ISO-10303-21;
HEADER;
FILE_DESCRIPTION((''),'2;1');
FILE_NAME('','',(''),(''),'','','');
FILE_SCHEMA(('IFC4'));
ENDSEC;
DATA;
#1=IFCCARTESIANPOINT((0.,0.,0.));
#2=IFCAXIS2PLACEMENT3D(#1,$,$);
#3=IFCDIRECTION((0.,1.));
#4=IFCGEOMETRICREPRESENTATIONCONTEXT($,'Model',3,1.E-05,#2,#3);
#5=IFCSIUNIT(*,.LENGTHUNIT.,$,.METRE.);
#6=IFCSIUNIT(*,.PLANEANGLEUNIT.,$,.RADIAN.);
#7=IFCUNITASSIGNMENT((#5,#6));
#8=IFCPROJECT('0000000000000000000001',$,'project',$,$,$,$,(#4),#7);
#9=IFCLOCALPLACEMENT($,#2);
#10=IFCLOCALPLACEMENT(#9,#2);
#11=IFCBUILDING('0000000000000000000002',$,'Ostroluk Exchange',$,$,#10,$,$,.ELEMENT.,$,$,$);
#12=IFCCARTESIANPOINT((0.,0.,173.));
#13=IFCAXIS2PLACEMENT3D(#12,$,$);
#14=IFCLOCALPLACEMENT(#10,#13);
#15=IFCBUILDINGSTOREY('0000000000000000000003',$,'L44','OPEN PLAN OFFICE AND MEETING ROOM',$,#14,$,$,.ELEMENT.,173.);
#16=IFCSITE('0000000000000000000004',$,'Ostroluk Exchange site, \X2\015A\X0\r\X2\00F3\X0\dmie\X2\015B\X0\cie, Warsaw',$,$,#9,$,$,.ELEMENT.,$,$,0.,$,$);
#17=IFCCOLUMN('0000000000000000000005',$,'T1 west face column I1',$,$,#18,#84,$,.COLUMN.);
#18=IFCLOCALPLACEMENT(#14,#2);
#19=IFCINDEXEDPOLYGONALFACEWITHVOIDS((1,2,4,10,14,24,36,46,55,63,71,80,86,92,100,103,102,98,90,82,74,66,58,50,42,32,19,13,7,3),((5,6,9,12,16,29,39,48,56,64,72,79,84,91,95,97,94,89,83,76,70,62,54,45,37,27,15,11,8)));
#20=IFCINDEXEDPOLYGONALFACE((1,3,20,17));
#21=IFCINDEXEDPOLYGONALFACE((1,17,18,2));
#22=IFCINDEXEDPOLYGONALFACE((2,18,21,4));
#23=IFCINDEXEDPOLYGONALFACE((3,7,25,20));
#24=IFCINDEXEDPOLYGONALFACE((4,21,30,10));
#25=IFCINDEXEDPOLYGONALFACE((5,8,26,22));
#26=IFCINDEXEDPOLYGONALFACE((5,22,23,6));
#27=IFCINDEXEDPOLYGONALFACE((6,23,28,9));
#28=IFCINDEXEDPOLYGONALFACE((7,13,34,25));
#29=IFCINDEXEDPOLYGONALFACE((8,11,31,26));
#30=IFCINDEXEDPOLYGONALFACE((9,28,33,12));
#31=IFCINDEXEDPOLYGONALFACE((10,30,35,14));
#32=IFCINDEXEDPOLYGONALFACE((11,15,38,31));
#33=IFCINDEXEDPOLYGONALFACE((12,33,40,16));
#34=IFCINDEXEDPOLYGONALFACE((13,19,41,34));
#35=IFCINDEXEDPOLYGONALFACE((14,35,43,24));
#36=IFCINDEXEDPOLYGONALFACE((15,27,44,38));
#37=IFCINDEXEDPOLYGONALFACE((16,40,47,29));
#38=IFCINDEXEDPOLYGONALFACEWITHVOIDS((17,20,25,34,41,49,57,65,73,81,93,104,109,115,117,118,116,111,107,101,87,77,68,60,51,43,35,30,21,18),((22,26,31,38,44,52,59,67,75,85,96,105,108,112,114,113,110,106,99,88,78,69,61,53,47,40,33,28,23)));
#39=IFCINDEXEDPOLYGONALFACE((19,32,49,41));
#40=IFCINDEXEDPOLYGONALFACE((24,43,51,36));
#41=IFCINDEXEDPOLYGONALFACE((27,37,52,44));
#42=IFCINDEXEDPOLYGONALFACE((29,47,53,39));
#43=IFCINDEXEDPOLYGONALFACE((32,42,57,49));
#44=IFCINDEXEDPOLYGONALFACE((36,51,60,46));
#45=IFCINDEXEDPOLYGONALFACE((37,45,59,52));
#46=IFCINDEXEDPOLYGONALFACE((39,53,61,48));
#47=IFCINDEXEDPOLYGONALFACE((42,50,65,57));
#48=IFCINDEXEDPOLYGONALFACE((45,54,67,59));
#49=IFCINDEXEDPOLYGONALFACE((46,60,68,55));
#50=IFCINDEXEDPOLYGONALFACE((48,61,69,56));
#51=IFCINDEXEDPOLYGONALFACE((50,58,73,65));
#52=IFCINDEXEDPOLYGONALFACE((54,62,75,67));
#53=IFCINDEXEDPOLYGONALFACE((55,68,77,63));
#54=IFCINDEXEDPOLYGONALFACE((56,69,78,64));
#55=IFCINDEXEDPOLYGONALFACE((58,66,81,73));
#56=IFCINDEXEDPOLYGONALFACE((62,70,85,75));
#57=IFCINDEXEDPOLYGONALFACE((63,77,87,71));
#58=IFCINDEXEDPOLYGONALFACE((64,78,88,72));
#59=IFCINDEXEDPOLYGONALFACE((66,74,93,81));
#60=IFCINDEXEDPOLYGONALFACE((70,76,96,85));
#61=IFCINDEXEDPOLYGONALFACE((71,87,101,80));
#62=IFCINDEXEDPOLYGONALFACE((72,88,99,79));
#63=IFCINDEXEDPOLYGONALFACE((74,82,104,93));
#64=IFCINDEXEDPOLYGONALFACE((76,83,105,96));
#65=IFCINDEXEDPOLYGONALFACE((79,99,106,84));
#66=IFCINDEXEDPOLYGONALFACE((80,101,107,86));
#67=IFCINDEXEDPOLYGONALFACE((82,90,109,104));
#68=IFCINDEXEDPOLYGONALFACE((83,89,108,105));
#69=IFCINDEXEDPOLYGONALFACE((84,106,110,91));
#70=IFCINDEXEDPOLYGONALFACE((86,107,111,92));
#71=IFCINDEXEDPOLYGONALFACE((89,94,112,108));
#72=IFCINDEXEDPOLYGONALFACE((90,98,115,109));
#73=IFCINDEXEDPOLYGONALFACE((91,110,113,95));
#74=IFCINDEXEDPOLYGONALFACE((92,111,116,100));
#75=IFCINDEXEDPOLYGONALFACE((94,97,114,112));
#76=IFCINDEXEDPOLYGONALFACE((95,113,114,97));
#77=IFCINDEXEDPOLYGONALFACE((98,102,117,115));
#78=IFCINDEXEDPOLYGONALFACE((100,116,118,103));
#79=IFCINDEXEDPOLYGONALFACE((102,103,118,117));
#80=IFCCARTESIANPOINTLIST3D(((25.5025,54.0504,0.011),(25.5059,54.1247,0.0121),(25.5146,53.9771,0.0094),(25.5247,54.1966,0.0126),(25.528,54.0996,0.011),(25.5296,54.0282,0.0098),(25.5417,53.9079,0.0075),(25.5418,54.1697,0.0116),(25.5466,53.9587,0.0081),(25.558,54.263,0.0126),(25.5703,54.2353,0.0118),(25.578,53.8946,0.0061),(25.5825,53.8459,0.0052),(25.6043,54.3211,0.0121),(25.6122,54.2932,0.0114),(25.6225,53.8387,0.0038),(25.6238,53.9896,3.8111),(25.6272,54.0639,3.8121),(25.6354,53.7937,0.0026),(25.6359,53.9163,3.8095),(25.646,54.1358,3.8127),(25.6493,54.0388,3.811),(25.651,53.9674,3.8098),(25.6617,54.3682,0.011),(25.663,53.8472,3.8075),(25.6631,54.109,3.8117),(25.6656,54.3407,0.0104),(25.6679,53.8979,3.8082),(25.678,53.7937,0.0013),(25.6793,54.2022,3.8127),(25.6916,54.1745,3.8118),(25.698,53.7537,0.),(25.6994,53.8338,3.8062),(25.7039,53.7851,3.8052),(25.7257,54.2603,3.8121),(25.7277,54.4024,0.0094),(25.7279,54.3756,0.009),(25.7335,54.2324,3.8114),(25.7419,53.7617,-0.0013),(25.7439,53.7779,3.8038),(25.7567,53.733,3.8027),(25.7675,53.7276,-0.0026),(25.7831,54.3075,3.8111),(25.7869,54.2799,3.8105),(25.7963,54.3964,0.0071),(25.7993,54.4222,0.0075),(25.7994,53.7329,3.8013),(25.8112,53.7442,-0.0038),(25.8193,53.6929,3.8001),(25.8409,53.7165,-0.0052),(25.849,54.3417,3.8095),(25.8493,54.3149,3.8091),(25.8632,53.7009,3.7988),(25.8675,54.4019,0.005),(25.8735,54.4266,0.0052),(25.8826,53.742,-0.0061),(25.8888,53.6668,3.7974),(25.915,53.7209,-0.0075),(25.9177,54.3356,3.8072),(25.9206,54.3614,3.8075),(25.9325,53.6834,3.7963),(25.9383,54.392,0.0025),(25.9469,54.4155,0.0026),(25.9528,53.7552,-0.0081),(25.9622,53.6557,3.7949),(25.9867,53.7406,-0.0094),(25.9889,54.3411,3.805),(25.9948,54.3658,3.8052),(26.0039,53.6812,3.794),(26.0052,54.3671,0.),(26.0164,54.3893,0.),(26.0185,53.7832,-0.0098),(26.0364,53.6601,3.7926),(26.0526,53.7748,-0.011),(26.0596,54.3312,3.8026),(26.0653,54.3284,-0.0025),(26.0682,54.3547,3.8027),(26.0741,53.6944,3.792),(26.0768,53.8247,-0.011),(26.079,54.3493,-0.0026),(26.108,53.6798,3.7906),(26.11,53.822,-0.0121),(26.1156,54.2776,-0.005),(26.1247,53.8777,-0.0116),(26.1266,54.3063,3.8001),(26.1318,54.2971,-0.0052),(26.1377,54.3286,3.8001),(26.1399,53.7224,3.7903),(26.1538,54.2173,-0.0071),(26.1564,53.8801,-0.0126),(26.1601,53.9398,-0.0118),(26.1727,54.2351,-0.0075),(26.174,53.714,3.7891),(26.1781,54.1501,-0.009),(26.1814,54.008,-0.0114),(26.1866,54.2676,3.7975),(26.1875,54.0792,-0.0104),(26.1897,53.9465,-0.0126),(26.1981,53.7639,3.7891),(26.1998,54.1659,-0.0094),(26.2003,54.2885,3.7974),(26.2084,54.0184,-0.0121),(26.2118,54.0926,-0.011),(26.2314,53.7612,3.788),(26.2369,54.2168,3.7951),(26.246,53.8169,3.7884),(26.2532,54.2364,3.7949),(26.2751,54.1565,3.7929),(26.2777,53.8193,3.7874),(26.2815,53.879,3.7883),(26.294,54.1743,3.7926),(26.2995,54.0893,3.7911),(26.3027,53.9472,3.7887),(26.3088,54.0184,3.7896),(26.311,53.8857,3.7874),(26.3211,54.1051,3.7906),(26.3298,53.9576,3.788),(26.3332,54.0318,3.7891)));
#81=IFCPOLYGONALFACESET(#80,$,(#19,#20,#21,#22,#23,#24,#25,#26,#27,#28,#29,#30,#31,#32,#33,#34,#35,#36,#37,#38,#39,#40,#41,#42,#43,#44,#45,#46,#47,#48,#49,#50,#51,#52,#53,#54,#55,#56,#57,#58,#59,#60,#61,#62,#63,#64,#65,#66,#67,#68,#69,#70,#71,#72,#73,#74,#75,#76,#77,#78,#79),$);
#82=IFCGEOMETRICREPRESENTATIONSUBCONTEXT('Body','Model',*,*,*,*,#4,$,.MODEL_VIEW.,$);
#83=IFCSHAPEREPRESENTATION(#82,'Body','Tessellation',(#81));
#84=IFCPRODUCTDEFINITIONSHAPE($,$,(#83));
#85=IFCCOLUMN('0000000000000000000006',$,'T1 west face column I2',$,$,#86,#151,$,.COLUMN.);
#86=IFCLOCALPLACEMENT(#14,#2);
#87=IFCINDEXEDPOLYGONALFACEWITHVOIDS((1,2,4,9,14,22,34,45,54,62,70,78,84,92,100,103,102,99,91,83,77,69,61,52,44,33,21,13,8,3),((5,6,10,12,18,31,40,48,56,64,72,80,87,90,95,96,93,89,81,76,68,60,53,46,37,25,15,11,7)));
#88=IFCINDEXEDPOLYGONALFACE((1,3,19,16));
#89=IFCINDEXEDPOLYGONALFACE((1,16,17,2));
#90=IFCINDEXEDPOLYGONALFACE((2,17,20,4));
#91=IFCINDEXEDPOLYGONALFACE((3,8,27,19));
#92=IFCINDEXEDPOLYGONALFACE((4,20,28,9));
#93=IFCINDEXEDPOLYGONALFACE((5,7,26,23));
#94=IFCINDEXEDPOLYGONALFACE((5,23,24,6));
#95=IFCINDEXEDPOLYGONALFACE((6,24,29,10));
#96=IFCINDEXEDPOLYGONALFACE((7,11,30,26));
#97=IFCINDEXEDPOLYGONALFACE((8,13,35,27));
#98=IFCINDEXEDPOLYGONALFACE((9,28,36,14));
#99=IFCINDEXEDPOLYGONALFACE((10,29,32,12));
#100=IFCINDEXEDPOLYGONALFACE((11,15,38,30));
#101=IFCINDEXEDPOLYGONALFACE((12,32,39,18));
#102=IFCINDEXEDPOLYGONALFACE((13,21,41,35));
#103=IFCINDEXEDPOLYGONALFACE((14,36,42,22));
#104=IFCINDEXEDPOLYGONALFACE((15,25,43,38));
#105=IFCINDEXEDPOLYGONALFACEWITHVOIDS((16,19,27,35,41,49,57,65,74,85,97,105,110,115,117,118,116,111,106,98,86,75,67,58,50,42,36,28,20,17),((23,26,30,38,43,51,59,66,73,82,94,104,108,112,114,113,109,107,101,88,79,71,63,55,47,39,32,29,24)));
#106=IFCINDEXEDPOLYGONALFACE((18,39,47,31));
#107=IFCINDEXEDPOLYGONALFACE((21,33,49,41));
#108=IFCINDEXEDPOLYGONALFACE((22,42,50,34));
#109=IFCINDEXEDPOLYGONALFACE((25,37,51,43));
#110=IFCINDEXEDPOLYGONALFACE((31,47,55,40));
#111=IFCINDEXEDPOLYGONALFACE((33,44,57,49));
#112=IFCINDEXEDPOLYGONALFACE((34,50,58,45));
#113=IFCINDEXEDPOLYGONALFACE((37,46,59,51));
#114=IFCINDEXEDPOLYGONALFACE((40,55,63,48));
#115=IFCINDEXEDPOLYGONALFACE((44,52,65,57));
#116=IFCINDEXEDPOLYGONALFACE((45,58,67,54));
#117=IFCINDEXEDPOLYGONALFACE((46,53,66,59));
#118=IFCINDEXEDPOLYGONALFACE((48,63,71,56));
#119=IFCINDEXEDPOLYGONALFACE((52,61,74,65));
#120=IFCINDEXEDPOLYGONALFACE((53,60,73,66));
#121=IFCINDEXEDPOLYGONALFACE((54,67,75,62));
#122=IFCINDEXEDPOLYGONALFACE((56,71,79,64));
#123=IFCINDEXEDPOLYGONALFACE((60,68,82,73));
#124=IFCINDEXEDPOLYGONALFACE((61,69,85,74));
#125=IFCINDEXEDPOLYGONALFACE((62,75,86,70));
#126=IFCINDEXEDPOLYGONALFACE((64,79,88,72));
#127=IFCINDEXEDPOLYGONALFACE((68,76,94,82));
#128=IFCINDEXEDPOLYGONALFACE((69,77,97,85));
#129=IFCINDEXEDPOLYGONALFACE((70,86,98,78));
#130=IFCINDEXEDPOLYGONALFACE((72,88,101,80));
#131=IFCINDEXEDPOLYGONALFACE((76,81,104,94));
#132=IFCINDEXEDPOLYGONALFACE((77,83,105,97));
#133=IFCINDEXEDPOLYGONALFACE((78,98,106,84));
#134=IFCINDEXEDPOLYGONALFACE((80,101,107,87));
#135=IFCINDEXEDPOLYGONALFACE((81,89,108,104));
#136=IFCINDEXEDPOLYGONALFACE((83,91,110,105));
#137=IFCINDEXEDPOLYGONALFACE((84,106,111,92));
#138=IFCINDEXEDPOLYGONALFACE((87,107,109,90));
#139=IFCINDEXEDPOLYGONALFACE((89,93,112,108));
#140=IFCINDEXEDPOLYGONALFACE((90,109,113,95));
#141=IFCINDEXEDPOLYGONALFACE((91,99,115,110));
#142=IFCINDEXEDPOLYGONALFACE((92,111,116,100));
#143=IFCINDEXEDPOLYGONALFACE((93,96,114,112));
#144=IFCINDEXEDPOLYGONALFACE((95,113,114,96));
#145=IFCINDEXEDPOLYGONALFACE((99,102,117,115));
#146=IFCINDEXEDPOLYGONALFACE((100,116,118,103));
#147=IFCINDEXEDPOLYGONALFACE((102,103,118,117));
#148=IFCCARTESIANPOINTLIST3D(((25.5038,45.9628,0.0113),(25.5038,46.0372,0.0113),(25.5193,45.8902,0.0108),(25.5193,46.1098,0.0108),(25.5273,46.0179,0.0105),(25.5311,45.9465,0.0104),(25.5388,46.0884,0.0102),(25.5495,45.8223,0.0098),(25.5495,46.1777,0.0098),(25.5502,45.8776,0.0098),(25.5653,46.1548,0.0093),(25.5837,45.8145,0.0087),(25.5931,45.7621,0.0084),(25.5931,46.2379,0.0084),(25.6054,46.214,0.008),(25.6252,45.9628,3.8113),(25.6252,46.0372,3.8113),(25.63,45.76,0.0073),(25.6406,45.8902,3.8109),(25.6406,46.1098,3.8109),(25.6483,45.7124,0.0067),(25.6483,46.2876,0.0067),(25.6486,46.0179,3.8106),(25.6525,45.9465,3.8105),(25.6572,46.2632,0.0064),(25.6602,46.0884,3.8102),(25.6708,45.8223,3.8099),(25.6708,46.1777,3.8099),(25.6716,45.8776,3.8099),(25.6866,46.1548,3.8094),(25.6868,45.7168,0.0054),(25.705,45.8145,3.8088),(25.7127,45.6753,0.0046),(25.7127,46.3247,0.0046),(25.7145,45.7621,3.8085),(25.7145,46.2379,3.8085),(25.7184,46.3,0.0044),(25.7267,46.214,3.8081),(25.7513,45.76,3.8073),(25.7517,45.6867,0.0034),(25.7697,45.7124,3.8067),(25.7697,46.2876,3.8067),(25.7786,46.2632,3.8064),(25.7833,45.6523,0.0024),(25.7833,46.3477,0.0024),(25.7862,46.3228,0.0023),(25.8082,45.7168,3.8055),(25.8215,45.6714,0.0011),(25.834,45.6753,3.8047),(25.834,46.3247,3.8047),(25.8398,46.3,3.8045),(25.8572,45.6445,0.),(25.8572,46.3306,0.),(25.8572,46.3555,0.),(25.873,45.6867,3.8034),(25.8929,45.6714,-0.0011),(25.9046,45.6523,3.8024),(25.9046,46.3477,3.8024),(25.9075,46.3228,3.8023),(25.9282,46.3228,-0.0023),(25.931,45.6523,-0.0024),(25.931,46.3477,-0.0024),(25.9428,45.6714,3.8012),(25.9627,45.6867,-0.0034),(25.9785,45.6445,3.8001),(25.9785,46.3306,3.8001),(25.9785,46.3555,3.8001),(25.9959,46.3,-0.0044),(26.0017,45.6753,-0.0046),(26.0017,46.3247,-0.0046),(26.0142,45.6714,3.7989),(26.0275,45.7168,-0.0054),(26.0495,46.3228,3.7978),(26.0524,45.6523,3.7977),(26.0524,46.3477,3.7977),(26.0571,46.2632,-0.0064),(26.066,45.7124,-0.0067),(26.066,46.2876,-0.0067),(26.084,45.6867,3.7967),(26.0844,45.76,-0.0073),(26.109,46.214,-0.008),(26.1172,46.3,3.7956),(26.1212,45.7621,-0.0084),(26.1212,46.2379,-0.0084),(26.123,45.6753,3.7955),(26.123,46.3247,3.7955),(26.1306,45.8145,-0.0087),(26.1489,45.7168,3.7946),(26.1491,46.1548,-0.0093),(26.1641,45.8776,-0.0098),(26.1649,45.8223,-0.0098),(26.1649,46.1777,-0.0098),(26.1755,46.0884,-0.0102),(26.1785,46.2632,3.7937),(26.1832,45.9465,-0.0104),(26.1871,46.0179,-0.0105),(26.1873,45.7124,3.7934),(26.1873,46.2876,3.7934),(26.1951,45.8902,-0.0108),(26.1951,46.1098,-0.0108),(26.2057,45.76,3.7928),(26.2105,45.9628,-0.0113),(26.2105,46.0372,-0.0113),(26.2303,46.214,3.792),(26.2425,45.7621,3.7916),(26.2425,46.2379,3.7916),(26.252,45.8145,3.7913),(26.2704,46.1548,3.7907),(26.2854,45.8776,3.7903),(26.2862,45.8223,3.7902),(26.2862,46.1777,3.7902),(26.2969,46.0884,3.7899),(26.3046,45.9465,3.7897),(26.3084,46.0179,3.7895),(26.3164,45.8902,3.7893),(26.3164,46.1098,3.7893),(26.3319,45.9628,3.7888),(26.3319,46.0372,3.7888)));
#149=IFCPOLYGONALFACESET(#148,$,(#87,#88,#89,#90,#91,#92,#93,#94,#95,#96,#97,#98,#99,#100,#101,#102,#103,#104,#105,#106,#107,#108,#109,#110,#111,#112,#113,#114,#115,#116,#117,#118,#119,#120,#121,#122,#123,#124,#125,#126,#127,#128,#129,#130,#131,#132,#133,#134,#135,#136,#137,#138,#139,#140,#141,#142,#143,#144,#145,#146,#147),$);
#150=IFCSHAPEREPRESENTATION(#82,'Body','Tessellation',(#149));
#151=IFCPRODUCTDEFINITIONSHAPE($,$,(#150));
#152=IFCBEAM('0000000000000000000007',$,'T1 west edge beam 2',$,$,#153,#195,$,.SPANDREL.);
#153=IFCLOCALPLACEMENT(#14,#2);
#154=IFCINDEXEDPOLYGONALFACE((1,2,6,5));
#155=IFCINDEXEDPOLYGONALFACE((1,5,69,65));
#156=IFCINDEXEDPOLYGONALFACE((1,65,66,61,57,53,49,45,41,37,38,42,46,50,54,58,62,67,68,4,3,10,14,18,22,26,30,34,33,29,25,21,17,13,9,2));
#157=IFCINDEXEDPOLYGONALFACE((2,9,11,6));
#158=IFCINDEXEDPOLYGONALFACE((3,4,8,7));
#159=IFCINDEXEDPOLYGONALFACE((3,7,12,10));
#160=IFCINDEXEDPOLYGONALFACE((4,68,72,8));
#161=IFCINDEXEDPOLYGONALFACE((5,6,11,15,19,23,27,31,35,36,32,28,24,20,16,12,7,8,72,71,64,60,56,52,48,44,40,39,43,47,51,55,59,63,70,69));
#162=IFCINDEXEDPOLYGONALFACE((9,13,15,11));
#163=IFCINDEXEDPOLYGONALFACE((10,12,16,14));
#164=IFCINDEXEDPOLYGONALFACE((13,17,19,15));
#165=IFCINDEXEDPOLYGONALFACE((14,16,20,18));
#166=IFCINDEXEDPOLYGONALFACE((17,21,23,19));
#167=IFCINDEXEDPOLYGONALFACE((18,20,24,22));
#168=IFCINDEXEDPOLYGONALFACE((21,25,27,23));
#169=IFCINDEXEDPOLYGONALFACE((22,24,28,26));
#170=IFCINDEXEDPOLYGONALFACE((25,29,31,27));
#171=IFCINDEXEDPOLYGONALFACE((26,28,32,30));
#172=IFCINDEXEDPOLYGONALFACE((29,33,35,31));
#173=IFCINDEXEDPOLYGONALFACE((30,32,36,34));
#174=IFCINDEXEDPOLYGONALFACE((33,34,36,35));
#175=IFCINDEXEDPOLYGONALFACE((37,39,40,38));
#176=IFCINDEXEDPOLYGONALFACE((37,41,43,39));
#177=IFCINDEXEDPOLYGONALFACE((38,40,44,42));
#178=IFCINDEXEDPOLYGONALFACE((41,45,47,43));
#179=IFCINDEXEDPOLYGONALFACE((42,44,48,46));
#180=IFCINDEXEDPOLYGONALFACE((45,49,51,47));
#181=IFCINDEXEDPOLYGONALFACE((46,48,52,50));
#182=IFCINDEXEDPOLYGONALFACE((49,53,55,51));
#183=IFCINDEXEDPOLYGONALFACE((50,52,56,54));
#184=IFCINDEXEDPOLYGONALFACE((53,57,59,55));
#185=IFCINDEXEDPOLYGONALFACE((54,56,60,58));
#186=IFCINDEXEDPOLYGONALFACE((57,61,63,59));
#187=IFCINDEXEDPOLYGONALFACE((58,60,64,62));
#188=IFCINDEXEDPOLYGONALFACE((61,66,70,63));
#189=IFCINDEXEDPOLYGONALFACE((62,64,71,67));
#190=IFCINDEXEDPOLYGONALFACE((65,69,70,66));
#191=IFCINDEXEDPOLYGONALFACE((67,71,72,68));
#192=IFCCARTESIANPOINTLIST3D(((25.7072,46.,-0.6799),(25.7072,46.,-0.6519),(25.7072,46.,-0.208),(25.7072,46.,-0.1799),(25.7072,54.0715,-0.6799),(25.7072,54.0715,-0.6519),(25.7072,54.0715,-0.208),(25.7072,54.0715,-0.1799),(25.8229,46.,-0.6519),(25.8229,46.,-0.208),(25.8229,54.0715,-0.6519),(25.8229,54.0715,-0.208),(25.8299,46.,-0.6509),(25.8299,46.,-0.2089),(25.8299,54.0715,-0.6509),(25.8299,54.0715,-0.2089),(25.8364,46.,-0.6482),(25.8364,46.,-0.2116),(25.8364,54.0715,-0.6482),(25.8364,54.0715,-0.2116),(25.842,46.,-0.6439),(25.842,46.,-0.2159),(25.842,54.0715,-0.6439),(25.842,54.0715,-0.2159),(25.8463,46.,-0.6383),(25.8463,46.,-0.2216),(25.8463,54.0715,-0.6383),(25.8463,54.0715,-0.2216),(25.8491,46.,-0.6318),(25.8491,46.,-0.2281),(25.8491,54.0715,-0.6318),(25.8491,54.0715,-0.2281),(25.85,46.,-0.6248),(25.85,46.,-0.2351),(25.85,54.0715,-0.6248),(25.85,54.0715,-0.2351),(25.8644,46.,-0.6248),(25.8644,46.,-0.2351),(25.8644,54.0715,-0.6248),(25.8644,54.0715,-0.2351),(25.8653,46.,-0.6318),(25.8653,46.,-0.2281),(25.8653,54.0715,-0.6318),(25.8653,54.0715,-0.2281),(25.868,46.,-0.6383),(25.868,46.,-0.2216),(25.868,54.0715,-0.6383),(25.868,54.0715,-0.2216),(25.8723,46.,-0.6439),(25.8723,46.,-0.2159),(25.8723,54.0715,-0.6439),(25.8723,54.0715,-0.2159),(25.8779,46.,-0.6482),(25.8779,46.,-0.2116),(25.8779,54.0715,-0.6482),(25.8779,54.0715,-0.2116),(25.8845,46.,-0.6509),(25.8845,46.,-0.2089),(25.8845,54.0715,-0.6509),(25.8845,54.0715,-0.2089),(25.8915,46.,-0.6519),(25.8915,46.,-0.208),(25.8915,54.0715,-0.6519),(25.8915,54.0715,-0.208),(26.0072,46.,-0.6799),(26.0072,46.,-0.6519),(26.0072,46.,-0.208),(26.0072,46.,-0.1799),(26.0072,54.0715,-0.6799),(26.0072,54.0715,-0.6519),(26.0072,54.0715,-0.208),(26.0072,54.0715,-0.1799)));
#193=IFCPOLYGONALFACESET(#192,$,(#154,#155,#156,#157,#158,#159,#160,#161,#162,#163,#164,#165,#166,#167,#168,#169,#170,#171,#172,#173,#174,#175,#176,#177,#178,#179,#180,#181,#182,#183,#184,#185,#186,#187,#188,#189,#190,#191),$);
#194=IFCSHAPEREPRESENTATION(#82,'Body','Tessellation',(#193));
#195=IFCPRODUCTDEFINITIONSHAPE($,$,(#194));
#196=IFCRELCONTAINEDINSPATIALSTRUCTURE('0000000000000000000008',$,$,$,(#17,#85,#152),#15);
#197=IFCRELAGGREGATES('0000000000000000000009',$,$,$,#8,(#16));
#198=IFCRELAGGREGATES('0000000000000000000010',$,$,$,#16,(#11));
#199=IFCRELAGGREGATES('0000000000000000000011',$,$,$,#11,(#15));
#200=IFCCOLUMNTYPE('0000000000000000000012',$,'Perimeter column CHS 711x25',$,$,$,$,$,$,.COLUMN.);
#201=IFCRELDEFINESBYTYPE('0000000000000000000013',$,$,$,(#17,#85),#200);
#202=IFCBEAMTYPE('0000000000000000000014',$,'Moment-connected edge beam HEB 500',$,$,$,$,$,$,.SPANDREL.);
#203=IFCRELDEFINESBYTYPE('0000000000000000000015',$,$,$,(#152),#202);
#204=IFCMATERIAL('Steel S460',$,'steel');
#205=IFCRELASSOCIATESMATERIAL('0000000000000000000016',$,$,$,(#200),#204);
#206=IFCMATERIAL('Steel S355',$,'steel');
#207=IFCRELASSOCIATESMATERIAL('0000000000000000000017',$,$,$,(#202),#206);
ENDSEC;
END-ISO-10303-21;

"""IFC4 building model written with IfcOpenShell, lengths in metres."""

from ifc_helpers import new_model, si_unit, direction, frame, origin, origin_2d, place, context, subcontext, project, spatial, hollow_circle, i_section, extrude, material, material_profile, profile_set, type_object, element, save


model = new_model("IFC4")

# Units and contexts
model_context = context("Model", 3, precision=1e-05, world=origin(), true_north=direction((0.0, 1.0)))
body_context = subcontext(model_context, "Body", "Model", "MODEL_VIEW")
ifc_project = project(units=[si_unit("LENGTHUNIT", "METRE"), si_unit("PLANEANGLEUNIT", "RADIAN")], contexts=[model_context])

# Site, building, storey
site_placement = place(None, origin())
site = spatial("IfcSite", under=ifc_project, at=site_placement, Name="Ostroluk Exchange site, Śródmieście, Warsaw", CompositionType="ELEMENT", RefElevation=0.0)
building_placement = place(site_placement, origin())
building = spatial("IfcBuilding", under=site, at=building_placement, Name="Ostroluk Exchange", CompositionType="ELEMENT")
storey_placement = place(building_placement, frame((0.0, 0.0, 173.0)))
storey = spatial("IfcBuildingStorey", under=building, at=storey_placement, Name="L44", Description="OPEN PLAN OFFICE AND MEETING ROOM", CompositionType="ELEMENT", Elevation=173.0)

# Columns
ifc_material_1 = material(Name="Steel S460", Category="steel")
ifc_material_profile_1 = material_profile(ifc_material_1, hollow_circle(Radius=0.3555, WallThickness=0.0249, at=origin_2d()), Name="CHS 711x25")
ifc_profile_set_1 = profile_set([ifc_material_profile_1], Name="Steel S460")
column_type = type_object("IfcColumnType", Name="Perimeter column CHS 711x25", PredefinedType="COLUMN", material=ifc_profile_set_1)
column_1_placement = place(storey_placement, frame((25.8572, 54.0715, 0.0), z_axis=(0.03191, -0.015987, 0.999363), x_axis=(0.447933, 0.894067, 0.0)))
element("IfcColumn", 1, at=column_1_placement, inside=storey, type_object=column_type, Name="T1 west face column I1", PredefinedType="COLUMN", context=body_context, shape_type="SweptSolid", body=[
    extrude(hollow_circle(Radius=0.3555, WallThickness=0.0249, at=origin_2d()), origin(), (0.0, 0.0, 1.0), 3.8025),
])
column_2_placement = place(storey_placement, frame((25.8572, 46.0, 0.0), z_axis=(0.031914, 0.0, 0.999491), x_axis=(0.0, 1.0, 0.0)))
element("IfcColumn", 2, at=column_2_placement, inside=storey, type_object=column_type, Name="T1 west face column I2", PredefinedType="COLUMN", context=body_context, shape_type="SweptSolid", body=[
    extrude(hollow_circle(Radius=0.3555, WallThickness=0.0249, at=origin_2d()), origin(), (0.0, 0.0, 1.0), 3.802),
])

# Beam
ifc_material_2 = material(Name="Steel S355", Category="steel")
ifc_material_profile_2 = material_profile(ifc_material_2, i_section(OverallWidth=0.3, OverallDepth=0.5, WebThickness=0.0144, FlangeThickness=0.0281, FilletRadius=0.0271, at=origin_2d()), Name="HEB 500")
ifc_profile_set_2 = profile_set([ifc_material_profile_2], Name="Steel S355")
beam_type = type_object("IfcBeamType", Name="Moment-connected edge beam HEB 500", PredefinedType="SPANDREL", material=ifc_profile_set_2)
for number, where, z_axis, x_axis, name in (
    (3, (25.8572, 54.0715, -0.4299), (0.0, -1.0, 0.0), (1.0, 0.0, 0.0), "T1 west edge beam 2"),
):
    element("IfcBeam", number, at=place(storey_placement, frame(where, z_axis=z_axis, x_axis=x_axis)), inside=storey, type_object=beam_type, Name=name, PredefinedType="SPANDREL", context=body_context, shape_type="SweptSolid", body=[
        extrude(i_section(OverallWidth=0.3, OverallDepth=0.5, WebThickness=0.0144, FlangeThickness=0.0281, FilletRadius=0.0271, at=origin_2d()), origin(), (0.0, 0.0, 1.0), 8.0715),
    ])

save(model, "model.ifc")
